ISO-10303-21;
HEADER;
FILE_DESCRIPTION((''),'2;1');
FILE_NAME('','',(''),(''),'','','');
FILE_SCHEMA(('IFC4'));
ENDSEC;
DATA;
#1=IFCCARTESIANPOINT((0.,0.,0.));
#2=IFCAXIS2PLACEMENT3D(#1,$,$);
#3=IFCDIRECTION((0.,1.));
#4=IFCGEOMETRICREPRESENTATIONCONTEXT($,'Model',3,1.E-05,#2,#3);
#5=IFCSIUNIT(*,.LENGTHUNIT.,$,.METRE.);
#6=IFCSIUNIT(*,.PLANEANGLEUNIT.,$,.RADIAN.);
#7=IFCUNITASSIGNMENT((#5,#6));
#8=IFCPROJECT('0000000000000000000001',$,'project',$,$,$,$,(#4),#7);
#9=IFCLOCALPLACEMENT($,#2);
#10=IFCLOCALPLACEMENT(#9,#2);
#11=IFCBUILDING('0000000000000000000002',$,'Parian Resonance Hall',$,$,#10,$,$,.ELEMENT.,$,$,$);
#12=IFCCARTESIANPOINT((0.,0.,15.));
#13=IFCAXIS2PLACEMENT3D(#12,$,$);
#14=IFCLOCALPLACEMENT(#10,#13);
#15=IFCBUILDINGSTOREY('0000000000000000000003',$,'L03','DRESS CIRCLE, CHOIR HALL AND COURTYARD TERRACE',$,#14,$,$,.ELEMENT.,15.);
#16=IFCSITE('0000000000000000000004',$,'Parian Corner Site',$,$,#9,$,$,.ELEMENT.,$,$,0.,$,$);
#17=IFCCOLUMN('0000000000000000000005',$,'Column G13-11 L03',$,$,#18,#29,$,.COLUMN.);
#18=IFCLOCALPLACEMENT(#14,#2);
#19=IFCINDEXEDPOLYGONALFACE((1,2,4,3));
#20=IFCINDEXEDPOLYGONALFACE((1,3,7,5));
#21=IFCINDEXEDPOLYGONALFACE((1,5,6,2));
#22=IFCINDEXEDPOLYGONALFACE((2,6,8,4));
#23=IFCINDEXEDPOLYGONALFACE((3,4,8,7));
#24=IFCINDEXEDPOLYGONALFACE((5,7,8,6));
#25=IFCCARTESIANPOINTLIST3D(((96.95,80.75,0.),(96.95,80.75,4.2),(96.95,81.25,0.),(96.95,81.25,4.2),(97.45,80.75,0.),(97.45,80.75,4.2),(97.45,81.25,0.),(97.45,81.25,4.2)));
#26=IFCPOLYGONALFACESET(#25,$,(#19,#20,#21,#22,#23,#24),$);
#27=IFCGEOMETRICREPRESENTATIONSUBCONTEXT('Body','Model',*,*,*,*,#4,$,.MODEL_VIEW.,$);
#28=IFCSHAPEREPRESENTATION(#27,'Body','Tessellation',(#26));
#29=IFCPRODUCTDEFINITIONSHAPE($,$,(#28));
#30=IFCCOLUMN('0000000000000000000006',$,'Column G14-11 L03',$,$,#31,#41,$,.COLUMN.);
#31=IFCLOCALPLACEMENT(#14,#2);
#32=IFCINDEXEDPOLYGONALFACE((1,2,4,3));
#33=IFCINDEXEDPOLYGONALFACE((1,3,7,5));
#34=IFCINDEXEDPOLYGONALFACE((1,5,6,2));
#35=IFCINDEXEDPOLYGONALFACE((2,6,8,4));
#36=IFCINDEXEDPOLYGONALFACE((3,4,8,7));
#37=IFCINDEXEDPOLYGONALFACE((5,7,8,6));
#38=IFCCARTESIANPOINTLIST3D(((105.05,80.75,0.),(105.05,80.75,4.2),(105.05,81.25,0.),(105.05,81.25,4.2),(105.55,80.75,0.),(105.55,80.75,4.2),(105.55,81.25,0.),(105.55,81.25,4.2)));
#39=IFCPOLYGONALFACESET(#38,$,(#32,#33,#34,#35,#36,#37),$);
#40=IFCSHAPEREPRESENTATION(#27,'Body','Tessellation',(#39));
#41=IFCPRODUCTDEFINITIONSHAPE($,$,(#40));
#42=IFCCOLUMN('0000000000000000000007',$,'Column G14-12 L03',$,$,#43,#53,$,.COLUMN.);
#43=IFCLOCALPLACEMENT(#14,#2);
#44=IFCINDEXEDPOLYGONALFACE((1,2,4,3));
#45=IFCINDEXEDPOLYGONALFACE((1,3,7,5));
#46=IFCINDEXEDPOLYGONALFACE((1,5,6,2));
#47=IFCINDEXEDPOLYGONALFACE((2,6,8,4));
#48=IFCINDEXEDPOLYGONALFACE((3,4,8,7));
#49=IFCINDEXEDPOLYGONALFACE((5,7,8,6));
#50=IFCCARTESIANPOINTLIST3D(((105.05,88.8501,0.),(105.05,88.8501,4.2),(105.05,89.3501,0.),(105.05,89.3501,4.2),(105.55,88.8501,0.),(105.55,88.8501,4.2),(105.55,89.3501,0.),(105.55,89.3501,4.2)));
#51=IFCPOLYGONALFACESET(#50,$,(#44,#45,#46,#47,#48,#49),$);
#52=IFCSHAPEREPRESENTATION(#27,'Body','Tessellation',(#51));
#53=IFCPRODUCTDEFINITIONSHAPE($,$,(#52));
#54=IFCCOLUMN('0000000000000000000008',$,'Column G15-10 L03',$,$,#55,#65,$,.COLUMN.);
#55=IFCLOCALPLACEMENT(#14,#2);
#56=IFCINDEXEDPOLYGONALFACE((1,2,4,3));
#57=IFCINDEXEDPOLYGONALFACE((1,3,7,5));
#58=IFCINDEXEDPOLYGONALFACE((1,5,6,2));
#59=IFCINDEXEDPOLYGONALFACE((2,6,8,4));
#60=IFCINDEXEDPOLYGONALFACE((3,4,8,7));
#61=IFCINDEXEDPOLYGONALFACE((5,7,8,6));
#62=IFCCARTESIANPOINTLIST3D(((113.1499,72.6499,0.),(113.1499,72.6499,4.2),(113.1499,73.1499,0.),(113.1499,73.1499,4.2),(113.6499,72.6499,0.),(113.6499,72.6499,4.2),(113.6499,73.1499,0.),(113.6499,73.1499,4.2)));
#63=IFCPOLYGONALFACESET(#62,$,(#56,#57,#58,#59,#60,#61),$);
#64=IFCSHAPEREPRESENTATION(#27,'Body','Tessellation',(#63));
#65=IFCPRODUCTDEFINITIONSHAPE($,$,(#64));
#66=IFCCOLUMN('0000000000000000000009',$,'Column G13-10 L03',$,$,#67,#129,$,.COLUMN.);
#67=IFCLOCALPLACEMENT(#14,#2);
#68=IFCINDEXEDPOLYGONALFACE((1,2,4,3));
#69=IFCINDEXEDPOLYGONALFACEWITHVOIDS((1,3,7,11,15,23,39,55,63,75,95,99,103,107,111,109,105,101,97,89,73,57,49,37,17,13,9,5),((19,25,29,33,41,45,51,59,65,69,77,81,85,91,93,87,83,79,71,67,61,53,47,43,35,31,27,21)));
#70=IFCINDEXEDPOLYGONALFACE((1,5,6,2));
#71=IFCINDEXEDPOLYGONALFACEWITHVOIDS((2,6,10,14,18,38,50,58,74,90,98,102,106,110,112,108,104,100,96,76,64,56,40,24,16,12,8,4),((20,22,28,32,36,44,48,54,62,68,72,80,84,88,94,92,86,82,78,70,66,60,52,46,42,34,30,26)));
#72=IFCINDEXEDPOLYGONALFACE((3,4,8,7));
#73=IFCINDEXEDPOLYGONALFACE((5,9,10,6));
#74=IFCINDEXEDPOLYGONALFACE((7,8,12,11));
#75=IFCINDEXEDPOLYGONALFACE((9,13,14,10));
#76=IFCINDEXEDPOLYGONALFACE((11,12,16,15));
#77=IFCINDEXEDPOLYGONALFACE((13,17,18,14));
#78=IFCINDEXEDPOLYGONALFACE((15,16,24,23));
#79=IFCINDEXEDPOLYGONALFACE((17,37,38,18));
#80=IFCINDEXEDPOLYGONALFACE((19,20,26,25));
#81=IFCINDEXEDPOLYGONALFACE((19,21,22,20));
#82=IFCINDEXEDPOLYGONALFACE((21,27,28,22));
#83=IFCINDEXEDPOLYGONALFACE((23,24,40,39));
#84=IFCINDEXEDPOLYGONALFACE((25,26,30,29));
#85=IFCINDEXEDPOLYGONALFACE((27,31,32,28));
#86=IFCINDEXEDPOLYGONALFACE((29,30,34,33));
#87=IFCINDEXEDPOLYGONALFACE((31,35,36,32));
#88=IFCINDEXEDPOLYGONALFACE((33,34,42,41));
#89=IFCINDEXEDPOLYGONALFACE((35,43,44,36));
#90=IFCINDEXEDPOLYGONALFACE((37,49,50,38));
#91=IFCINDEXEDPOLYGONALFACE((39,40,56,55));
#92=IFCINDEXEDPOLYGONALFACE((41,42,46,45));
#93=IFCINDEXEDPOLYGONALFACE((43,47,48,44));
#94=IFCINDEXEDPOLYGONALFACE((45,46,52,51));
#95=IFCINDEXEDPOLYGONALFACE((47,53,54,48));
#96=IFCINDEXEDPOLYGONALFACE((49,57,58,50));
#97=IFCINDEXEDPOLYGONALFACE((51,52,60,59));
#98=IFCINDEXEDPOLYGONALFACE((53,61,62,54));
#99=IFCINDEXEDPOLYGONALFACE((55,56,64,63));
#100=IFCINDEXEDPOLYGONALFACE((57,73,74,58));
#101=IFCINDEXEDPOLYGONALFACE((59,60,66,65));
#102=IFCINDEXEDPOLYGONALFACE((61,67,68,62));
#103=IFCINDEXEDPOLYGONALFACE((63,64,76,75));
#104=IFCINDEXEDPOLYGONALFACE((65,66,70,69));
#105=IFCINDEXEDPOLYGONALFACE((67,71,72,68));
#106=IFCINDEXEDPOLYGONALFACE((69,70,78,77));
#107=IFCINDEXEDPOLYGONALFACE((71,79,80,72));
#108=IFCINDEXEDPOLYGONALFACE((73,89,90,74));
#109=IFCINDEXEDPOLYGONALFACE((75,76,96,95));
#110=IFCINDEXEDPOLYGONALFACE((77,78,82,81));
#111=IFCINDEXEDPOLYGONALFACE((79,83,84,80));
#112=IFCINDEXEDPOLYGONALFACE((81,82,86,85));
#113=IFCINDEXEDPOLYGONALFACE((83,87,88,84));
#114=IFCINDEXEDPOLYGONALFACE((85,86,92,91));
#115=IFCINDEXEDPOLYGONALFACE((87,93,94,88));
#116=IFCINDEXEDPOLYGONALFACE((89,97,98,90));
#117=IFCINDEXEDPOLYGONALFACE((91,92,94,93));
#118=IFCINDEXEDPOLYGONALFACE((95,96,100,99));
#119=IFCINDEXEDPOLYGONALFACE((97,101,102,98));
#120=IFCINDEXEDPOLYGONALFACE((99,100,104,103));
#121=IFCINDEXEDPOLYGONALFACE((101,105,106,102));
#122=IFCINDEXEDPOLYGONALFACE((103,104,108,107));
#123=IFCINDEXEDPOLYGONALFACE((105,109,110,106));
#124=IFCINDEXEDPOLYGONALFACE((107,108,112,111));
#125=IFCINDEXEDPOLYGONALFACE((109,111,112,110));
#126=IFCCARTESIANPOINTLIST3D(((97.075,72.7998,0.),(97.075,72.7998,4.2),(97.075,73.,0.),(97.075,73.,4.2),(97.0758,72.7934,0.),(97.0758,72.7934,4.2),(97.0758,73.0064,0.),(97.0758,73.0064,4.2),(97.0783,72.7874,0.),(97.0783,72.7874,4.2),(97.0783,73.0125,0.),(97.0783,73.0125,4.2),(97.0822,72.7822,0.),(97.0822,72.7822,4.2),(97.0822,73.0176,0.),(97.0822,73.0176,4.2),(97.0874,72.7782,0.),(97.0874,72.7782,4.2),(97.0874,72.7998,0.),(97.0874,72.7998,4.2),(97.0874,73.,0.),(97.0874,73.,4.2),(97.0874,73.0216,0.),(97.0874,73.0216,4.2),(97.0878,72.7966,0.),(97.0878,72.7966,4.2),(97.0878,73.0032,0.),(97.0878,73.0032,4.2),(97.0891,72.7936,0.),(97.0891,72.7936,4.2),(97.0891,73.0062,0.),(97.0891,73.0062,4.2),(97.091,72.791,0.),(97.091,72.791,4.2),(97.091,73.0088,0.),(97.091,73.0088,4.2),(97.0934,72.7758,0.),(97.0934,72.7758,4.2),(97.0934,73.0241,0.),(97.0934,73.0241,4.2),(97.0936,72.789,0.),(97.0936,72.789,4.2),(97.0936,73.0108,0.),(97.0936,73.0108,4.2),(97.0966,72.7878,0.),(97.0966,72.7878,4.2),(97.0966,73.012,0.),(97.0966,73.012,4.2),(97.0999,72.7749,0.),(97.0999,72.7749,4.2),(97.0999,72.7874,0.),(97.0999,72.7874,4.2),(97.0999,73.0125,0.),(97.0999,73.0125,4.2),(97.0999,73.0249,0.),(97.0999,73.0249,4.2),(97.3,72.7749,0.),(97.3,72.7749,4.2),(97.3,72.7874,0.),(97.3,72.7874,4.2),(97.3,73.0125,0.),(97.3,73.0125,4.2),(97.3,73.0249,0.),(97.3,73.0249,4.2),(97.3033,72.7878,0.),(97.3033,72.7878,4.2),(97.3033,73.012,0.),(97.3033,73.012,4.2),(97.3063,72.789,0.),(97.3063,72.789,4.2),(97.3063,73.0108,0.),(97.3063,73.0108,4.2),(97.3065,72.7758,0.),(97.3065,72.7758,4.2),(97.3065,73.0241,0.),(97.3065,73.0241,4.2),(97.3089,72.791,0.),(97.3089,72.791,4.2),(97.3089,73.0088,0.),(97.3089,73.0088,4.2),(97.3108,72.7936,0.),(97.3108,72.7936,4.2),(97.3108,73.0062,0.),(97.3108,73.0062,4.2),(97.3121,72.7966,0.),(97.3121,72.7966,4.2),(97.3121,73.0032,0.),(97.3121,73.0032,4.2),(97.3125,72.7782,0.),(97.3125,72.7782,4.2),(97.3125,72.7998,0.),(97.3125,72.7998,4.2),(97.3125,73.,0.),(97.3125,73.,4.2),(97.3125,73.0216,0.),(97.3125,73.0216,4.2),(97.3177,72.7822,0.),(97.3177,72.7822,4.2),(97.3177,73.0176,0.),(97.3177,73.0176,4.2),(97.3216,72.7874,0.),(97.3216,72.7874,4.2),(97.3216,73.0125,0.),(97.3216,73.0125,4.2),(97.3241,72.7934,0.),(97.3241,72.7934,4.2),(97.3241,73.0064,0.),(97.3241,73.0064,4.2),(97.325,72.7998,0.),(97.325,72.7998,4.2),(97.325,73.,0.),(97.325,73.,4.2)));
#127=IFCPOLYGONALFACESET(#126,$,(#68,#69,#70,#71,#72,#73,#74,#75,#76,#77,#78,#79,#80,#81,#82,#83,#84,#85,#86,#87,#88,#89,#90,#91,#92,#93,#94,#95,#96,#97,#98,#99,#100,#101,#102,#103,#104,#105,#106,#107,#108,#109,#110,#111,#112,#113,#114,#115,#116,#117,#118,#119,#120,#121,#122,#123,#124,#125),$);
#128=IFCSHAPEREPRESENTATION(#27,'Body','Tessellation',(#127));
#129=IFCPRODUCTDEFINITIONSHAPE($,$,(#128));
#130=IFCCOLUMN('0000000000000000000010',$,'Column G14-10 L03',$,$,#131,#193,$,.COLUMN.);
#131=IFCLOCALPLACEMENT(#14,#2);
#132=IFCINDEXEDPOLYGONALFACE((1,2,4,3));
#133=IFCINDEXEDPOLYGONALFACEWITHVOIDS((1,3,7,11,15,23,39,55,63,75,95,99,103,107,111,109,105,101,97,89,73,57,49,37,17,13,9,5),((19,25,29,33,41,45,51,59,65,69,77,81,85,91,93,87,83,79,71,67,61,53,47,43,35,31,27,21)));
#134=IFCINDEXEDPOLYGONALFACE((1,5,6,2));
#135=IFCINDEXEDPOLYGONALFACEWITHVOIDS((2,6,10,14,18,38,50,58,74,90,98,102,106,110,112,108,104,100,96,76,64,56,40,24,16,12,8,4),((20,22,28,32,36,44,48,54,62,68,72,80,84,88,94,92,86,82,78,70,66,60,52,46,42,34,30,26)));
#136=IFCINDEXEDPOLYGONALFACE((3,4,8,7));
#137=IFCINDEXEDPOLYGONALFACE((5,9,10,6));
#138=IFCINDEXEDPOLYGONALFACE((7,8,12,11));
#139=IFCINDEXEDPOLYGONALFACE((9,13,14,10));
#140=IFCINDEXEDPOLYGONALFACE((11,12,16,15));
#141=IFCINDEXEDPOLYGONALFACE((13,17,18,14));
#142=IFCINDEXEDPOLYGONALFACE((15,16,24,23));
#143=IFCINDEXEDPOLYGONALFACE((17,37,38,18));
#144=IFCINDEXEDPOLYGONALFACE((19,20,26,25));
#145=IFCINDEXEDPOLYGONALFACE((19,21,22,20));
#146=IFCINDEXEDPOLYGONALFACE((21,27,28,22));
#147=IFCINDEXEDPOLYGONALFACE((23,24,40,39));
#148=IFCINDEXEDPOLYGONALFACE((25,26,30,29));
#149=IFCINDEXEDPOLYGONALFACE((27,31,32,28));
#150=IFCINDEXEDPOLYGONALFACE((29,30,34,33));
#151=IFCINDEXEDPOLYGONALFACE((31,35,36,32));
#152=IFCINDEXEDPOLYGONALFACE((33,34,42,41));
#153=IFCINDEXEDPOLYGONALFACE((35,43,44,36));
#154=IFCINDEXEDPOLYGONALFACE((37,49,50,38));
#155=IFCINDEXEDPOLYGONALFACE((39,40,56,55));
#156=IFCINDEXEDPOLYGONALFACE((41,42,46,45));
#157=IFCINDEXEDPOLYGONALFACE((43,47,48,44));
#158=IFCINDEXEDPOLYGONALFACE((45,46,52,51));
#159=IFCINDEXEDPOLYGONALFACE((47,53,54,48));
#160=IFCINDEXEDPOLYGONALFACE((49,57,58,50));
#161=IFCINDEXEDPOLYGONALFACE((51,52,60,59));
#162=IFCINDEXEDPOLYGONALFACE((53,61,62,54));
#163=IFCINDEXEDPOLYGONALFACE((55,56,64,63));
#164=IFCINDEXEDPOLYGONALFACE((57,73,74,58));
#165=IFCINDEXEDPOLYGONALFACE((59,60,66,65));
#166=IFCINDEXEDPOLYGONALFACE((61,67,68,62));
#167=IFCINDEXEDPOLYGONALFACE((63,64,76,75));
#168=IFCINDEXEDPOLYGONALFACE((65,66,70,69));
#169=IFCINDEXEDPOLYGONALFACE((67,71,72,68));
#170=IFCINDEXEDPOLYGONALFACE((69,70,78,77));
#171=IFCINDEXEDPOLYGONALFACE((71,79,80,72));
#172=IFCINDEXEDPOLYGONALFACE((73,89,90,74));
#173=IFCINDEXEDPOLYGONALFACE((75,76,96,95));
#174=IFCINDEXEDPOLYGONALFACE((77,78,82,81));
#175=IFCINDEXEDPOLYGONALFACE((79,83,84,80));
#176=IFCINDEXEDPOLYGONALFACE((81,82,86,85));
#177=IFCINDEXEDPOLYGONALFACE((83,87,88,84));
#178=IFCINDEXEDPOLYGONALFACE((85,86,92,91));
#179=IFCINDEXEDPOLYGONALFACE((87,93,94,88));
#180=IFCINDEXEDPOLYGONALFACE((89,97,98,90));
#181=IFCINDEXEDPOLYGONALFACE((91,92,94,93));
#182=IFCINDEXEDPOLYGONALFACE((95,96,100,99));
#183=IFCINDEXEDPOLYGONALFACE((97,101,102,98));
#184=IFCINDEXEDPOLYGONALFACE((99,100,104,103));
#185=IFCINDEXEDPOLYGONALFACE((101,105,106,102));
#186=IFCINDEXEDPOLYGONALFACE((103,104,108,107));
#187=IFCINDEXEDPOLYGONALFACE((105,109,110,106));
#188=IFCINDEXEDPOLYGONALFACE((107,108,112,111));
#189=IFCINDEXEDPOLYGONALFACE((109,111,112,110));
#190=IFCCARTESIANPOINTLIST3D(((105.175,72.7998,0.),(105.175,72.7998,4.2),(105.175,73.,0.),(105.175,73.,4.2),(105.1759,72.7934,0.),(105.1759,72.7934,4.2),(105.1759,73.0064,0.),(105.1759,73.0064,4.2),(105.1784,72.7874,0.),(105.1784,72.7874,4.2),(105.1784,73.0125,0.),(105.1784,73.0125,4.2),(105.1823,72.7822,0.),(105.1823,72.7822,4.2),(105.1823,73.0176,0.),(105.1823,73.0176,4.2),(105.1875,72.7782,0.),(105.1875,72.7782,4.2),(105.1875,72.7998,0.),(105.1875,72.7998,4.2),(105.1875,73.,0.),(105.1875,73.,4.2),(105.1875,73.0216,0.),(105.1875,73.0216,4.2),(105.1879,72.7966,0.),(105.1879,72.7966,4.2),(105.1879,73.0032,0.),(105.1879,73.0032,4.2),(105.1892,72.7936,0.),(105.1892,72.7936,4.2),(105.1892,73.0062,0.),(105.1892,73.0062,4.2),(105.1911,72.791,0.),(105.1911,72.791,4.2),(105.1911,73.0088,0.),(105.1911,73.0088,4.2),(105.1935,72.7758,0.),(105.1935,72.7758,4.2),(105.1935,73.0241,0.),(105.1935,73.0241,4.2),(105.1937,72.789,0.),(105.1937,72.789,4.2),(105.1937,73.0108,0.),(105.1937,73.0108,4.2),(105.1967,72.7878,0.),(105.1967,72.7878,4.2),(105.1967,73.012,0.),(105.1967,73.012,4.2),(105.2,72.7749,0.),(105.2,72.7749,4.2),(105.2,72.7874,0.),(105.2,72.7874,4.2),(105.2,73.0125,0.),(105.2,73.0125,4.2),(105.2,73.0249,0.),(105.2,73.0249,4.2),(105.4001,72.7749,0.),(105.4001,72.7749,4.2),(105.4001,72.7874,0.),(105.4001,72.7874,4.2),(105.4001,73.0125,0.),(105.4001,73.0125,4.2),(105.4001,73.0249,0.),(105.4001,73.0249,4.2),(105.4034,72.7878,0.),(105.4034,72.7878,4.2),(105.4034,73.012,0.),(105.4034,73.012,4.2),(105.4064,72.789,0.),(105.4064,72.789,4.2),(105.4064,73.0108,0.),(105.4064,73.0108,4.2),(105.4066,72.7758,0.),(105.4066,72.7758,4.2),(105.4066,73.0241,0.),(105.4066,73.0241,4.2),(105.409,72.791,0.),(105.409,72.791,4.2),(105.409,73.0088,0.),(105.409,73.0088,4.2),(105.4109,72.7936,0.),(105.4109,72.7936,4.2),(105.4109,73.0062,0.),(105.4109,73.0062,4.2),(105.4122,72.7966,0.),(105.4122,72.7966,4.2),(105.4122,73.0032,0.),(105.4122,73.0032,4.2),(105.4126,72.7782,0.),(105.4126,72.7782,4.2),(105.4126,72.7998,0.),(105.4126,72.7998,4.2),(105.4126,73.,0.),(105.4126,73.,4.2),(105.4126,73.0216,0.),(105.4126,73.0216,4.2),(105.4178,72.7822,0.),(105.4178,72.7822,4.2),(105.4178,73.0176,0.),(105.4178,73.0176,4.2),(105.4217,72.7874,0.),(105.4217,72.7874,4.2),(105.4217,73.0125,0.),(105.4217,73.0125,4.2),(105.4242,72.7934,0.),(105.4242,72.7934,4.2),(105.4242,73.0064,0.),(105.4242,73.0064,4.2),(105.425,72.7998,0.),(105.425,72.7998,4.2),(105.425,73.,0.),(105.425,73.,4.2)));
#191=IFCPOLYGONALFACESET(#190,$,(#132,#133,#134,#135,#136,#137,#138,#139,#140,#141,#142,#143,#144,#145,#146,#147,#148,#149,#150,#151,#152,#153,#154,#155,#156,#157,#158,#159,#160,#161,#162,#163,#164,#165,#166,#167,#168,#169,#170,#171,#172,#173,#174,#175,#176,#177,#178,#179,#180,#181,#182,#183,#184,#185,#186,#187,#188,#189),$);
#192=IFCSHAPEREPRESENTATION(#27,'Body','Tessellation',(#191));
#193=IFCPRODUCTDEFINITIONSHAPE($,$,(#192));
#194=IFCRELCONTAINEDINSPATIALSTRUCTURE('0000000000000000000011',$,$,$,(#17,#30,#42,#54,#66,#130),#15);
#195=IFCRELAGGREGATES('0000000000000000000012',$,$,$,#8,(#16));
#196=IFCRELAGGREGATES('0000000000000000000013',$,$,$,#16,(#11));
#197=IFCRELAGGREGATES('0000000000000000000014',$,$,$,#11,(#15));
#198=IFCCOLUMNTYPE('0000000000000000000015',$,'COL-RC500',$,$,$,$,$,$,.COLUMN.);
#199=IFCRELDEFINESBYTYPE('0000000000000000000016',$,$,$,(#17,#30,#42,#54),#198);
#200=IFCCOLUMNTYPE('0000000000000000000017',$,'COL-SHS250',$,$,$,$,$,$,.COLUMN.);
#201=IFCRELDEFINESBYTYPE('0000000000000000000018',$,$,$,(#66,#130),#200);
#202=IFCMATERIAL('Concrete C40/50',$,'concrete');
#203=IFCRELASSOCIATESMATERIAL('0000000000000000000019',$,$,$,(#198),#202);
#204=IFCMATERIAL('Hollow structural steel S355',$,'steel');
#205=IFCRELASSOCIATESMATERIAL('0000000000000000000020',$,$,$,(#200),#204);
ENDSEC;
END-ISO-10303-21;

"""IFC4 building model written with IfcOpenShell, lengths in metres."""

from ifc_helpers import new_model, si_unit, direction, frame, origin, origin_2d, place, context, subcontext, project, spatial, rectangle, hollow_rectangle, extrude, material, material_profile, profile_set, type_object, element, save


model = new_model("IFC4")

# Units and contexts
model_context = context("Model", 3, precision=1e-05, world=origin(), true_north=direction((0.0, 1.0)))
body_context = subcontext(model_context, "Body", "Model", "MODEL_VIEW")
ifc_project = project(units=[si_unit("LENGTHUNIT", "METRE"), si_unit("PLANEANGLEUNIT", "RADIAN")], contexts=[model_context])

# Site, building, storey
site_placement = place(None, origin())
site = spatial("IfcSite", under=ifc_project, at=site_placement, Name="Parian Corner Site", CompositionType="ELEMENT", RefElevation=0.0)
building_placement = place(site_placement, origin())
building = spatial("IfcBuilding", under=site, at=building_placement, Name="Parian Resonance Hall", CompositionType="ELEMENT")
storey_placement = place(building_placement, frame((0.0, 0.0, 15.0)))
storey = spatial("IfcBuildingStorey", under=building, at=storey_placement, Name="L03", Description="DRESS CIRCLE, CHOIR HALL AND COURTYARD TERRACE", CompositionType="ELEMENT", Elevation=15.0)

# Columns
ifc_material_1 = material(Name="Concrete C40/50", Category="concrete")
ifc_material_profile_1 = material_profile(ifc_material_1, rectangle(XDim=0.5, YDim=0.5, at=origin_2d()), Name="RC-COL-500x500")
ifc_profile_set_1 = profile_set([ifc_material_profile_1], Name="Concrete C40/50")
column_type_1 = type_object("IfcColumnType", Name="COL-RC500", PredefinedType="COLUMN", material=ifc_profile_set_1)
for number, where, z_axis, x_axis, name in (
    (1, (97.2, 81.0, 0.0), (0.0, 0.0, 1.0), (1.0, 0.0, 0.0), "Column G13-11 L03"),
    (2, (105.3, 81.0, 0.0), (0.0, 0.0, 1.0), (1.0, 0.0, 0.0), "Column G14-11 L03"),
    (3, (105.3, 89.1001, 0.0), (0.0, 0.0, 1.0), (1.0, 0.0, 0.0), "Column G14-12 L03"),
    (4, (113.3999, 72.8999, 0.0), (0.0, 0.0, 1.0), (1.0, 0.0, 0.0), "Column G15-10 L03"),
):
    element("IfcColumn", number, at=place(storey_placement, frame(where, z_axis=z_axis, x_axis=x_axis)), inside=storey, type_object=column_type_1, Name=name, PredefinedType="COLUMN", context=body_context, shape_type="SweptSolid", body=[
        extrude(rectangle(XDim=0.5, YDim=0.5, at=origin_2d()), origin(), (0.0, 0.0, 1.0), 4.2),
    ])
ifc_material_2 = material(Name="Hollow structural steel S355", Category="steel")
ifc_material_profile_2 = material_profile(ifc_material_2, hollow_rectangle(XDim=0.25, YDim=0.25, WallThickness=0.0125, InnerFilletRadius=0.0125, OuterFilletRadius=0.0249, at=origin_2d()), Name="SHS250x250x12.5")
ifc_profile_set_2 = profile_set([ifc_material_profile_2], Name="Hollow structural steel S355")
column_type_2 = type_object("IfcColumnType", Name="COL-SHS250", PredefinedType="COLUMN", material=ifc_profile_set_2)
for number, where, z_axis, x_axis, name in (
    (5, (97.2, 72.8999, 0.0), (0.0, 0.0, 1.0), (1.0, 0.0, 0.0), "Column G13-10 L03"),
    (6, (105.3, 72.8999, 0.0), (0.0, 0.0, 1.0), (1.0, 0.0, 0.0), "Column G14-10 L03"),
):
    element("IfcColumn", number, at=place(storey_placement, frame(where, z_axis=z_axis, x_axis=x_axis)), inside=storey, type_object=column_type_2, Name=name, PredefinedType="COLUMN", context=body_context, shape_type="SweptSolid", body=[
        extrude(hollow_rectangle(XDim=0.25, YDim=0.25, WallThickness=0.0125, InnerFilletRadius=0.0125, OuterFilletRadius=0.0249, at=origin_2d()), origin(), (0.0, 0.0, 1.0), 4.2),
    ])

save(model, "model.ifc")
